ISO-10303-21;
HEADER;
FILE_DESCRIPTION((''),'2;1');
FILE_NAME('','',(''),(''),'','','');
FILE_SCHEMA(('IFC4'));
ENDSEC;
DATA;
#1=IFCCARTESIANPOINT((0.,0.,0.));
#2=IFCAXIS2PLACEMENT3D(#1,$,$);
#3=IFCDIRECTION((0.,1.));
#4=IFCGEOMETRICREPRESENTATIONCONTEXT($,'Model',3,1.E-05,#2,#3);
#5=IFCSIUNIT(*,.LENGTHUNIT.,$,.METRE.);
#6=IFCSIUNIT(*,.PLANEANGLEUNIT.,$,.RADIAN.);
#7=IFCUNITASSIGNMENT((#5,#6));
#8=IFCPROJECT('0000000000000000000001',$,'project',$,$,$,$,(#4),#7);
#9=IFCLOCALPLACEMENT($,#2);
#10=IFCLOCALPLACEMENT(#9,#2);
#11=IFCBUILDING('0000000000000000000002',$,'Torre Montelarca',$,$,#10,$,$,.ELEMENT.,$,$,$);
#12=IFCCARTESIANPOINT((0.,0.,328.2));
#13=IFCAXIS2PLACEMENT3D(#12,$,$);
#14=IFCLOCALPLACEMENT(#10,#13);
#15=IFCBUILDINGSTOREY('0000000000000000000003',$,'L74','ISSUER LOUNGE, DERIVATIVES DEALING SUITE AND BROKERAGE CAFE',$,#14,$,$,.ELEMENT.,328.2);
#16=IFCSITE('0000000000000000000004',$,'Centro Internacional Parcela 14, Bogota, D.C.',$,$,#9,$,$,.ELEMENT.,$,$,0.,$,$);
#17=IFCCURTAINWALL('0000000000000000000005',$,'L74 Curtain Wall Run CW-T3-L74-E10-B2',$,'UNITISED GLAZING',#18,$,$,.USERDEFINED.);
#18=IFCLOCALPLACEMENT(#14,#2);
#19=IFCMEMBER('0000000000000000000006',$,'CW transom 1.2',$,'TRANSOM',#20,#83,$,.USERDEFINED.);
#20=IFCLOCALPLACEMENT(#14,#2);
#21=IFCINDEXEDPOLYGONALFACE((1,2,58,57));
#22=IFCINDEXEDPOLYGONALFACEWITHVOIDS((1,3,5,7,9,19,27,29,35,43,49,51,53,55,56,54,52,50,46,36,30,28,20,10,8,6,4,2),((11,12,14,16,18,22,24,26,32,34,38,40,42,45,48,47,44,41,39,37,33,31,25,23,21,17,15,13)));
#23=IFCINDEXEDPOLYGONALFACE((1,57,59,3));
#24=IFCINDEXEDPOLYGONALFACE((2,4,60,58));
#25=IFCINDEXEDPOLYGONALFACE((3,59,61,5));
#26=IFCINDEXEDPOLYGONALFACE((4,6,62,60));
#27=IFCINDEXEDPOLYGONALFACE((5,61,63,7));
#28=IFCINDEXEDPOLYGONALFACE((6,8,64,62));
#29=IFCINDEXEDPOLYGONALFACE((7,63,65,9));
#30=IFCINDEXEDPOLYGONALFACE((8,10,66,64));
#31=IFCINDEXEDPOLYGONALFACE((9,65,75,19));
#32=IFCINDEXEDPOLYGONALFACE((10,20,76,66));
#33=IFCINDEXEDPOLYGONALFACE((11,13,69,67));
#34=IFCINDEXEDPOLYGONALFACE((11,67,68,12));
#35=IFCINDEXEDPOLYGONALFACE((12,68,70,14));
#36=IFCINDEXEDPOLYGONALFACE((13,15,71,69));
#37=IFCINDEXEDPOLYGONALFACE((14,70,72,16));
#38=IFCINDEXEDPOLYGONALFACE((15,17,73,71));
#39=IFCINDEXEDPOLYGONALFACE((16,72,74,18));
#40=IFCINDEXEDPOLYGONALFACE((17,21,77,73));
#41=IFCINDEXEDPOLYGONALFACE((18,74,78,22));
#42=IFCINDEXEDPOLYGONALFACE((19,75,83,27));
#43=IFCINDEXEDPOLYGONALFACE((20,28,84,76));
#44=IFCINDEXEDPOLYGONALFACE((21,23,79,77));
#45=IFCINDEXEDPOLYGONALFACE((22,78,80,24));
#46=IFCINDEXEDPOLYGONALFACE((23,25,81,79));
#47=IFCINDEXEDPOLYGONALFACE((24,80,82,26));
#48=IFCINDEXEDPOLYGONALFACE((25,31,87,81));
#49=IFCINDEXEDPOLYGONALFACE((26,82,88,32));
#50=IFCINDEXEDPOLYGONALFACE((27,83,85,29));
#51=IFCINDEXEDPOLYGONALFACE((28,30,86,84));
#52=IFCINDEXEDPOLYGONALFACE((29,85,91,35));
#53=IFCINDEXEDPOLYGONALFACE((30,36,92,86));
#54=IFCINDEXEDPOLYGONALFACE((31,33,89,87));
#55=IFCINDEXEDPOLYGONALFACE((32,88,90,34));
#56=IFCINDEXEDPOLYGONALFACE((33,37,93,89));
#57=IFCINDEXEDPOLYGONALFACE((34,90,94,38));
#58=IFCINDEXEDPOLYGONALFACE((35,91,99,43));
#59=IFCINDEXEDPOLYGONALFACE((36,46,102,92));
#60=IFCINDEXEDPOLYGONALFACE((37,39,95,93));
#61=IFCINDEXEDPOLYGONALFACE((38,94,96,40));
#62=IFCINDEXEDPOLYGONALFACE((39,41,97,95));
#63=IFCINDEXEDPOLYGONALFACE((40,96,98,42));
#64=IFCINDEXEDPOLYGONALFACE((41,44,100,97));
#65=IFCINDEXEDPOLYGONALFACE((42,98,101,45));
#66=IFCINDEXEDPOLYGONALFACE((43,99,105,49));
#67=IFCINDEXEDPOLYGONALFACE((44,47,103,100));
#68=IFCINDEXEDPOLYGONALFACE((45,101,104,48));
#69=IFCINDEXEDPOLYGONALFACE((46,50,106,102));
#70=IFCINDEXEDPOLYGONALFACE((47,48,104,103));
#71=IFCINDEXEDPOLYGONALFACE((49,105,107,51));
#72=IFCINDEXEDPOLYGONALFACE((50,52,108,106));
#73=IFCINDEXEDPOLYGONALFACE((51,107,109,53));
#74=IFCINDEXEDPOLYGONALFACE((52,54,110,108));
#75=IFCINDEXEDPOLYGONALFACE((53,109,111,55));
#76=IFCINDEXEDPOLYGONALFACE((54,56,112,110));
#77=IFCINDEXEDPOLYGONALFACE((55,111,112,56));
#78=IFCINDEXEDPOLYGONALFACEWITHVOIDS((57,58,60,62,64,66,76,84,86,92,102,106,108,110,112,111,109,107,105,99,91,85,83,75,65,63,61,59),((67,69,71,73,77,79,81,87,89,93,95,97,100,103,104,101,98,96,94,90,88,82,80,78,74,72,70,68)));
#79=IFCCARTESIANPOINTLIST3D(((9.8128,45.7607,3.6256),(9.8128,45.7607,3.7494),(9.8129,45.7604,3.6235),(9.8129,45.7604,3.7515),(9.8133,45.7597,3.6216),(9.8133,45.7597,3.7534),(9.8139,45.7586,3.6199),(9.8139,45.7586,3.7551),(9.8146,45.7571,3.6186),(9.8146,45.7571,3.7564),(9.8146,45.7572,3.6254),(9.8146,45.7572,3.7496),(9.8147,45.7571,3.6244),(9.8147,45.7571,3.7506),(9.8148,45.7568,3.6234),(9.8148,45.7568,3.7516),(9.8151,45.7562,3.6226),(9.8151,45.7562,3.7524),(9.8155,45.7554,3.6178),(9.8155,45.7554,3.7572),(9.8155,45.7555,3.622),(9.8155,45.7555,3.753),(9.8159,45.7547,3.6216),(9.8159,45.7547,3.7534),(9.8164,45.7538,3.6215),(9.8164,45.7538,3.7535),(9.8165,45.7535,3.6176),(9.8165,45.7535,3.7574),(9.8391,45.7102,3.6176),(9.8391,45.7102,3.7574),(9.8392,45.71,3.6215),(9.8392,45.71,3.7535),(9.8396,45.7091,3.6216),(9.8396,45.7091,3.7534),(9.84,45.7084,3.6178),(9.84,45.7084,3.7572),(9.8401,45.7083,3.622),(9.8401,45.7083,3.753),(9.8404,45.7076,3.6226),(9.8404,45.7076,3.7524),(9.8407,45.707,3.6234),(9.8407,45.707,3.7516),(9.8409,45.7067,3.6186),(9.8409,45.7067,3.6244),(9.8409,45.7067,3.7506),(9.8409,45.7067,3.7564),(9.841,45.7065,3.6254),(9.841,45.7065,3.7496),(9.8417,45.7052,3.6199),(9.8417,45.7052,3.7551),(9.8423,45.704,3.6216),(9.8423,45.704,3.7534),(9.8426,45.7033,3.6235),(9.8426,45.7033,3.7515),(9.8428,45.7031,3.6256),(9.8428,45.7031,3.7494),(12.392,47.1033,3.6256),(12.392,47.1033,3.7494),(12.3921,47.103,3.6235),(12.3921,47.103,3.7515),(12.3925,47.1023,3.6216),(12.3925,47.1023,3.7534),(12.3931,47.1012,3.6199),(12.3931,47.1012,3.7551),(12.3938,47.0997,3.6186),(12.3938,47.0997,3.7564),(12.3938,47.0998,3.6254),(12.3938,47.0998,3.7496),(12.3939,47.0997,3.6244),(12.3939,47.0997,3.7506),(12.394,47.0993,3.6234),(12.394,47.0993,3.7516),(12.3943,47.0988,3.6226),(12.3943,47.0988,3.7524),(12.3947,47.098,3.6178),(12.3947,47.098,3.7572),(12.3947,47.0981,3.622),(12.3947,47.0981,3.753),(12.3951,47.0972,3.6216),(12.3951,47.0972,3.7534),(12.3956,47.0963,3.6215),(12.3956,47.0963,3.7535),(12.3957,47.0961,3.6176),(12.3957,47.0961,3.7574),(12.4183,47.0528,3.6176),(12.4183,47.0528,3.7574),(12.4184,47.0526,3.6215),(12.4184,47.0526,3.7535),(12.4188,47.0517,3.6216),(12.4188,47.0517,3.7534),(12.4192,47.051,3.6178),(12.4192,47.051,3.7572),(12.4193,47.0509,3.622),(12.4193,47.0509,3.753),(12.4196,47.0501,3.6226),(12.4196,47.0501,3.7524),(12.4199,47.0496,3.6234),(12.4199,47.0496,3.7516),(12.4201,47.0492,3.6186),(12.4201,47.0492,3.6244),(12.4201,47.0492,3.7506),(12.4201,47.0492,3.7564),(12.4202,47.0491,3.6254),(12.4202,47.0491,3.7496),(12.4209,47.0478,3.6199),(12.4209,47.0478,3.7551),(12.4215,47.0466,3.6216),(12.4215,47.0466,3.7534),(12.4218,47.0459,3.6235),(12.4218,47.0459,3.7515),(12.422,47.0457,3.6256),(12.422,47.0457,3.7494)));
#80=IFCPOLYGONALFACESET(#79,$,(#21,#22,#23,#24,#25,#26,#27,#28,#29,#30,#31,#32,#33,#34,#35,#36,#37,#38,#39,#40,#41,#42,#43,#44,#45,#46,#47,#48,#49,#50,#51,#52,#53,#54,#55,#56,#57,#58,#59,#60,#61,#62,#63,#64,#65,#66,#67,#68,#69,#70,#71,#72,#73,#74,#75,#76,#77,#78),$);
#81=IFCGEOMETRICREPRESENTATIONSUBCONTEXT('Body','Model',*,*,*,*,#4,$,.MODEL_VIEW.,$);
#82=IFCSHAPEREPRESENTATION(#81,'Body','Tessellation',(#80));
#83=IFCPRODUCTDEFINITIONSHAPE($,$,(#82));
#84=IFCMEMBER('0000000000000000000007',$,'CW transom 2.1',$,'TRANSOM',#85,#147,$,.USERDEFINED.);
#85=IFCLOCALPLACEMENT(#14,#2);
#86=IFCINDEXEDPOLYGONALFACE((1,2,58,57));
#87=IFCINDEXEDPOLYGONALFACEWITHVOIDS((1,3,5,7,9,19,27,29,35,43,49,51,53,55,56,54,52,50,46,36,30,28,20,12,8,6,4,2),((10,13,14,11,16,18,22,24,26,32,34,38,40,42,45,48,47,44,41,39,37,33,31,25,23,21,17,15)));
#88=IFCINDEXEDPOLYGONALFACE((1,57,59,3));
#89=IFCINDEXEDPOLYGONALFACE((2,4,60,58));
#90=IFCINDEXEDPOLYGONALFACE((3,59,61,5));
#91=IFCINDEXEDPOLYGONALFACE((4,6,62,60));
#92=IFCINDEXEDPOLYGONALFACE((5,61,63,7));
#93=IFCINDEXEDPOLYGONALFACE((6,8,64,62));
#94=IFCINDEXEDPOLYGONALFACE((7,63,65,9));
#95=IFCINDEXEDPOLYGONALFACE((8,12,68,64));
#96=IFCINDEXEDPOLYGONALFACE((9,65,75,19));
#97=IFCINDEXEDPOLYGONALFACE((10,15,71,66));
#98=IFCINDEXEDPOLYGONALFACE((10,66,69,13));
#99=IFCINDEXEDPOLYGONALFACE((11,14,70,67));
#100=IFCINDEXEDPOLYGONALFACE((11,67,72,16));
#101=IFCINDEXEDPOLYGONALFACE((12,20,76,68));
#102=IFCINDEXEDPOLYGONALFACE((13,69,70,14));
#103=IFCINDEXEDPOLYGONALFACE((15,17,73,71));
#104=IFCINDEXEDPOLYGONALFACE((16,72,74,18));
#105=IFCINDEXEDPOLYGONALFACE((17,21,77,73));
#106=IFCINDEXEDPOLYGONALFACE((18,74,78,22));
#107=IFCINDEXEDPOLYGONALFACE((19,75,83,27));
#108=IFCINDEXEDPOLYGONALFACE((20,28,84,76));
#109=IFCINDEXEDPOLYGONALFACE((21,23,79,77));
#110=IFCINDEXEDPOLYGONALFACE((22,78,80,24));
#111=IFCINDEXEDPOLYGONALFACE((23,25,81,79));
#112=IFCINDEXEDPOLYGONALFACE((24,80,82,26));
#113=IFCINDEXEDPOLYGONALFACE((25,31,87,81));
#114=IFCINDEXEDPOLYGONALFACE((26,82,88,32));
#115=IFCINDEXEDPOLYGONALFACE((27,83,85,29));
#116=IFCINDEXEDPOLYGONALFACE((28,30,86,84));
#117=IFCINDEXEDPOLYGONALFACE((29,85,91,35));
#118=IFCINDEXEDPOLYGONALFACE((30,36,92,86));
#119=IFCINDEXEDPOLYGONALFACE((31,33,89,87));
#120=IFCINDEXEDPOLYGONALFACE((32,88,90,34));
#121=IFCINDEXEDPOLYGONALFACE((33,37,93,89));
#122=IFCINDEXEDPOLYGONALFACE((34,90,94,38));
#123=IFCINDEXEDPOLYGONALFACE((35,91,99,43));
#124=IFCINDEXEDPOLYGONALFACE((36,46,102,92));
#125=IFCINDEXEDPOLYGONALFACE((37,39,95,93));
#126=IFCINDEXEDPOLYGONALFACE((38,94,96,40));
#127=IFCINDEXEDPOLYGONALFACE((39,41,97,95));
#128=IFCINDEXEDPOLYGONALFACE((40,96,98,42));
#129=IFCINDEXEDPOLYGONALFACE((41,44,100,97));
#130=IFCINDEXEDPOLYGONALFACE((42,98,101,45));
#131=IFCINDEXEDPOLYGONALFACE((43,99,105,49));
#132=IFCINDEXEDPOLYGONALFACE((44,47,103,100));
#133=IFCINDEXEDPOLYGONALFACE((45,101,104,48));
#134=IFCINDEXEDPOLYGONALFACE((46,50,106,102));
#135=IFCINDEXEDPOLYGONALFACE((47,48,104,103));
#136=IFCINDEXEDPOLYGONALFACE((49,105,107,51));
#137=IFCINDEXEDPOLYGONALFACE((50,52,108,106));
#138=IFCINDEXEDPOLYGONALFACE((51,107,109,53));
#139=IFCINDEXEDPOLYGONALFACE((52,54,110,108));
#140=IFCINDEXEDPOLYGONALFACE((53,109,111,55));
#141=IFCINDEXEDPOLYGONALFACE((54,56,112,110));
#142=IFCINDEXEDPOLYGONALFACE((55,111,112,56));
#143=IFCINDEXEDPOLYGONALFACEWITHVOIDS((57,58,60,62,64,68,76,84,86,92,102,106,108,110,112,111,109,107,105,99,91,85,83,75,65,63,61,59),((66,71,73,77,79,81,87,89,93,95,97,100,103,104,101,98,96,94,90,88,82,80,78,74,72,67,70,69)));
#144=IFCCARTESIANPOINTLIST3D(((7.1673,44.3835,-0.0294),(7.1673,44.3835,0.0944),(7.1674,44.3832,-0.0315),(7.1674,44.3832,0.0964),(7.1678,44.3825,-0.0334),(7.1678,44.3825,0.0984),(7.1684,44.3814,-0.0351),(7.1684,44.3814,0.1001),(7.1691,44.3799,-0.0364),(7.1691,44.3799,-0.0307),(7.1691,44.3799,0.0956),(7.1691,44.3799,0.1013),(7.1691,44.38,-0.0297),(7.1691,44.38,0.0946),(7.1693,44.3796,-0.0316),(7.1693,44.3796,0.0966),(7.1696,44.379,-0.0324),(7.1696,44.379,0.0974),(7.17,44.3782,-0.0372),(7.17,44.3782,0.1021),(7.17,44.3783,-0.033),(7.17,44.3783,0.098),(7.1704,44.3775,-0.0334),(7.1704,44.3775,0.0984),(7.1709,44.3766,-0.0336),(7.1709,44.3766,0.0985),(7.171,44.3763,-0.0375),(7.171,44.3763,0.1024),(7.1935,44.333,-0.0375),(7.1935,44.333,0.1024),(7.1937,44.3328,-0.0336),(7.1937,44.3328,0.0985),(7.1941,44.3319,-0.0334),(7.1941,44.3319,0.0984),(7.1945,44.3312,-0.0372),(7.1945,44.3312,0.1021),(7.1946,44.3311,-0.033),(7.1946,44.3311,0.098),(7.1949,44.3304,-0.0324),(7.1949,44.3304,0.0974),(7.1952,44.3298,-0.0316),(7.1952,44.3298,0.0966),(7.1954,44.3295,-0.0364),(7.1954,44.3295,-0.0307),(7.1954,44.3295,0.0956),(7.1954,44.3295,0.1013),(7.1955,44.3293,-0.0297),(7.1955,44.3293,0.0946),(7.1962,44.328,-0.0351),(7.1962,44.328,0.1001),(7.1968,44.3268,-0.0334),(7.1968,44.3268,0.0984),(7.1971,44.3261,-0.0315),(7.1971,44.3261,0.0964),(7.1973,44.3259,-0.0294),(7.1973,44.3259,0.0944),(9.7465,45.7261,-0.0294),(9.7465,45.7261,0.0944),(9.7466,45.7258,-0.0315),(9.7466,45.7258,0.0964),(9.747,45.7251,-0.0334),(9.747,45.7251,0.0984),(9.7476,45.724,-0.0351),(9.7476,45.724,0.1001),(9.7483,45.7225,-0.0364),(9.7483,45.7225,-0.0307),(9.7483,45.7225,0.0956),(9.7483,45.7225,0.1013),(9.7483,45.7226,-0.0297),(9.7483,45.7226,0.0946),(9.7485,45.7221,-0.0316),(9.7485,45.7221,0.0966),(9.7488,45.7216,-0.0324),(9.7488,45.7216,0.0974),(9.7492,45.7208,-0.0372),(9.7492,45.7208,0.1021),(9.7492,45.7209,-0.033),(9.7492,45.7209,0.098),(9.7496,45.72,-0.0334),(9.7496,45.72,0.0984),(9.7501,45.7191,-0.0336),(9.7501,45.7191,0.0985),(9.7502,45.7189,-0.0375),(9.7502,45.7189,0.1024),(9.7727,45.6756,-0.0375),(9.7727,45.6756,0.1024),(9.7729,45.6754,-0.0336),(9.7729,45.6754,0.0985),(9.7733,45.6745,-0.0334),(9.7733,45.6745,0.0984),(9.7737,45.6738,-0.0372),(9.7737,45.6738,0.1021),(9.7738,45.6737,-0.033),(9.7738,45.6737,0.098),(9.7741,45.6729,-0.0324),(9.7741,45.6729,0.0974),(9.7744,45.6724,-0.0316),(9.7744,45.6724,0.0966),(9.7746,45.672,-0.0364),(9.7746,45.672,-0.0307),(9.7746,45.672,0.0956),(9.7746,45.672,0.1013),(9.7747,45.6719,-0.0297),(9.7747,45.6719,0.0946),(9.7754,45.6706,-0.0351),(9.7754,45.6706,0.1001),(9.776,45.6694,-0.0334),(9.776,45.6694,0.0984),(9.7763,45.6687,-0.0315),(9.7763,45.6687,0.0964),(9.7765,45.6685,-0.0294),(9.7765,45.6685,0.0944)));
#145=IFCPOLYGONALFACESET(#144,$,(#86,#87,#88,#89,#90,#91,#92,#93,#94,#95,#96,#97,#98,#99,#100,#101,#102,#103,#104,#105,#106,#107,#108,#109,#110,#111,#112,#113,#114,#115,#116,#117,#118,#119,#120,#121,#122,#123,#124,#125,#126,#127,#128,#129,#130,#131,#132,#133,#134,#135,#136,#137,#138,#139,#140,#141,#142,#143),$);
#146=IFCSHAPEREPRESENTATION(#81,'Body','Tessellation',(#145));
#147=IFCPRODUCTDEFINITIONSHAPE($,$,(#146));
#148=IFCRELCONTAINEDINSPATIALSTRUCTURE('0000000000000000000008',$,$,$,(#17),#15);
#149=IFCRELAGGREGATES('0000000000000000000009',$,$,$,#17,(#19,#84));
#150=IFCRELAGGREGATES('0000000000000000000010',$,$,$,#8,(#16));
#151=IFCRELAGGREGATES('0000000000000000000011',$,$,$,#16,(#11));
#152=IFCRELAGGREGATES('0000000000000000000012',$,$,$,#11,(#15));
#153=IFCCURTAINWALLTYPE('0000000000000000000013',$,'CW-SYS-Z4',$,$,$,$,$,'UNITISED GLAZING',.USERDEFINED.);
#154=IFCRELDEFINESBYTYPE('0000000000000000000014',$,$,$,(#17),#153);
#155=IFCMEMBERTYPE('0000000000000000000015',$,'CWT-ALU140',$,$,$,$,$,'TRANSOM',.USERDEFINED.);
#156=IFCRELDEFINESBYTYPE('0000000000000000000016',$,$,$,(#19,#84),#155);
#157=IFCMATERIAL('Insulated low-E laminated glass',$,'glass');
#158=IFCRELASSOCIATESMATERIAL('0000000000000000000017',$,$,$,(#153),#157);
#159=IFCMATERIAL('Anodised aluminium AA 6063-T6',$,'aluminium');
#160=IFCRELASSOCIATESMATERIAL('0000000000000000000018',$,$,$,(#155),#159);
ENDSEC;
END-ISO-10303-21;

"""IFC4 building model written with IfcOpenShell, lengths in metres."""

from ifc_helpers import new_model, si_unit, direction, frame, origin, origin_2d, place, context, subcontext, project, spatial, hollow_rectangle, extrude, source, transform, mapped, material, material_profile, profile_set, type_object, element, aggregate, save


model = new_model("IFC4")

# Units and contexts
model_context = context("Model", 3, precision=1e-05, world=origin(), true_north=direction((0.0, 1.0)))
body_context = subcontext(model_context, "Body", "Model", "MODEL_VIEW")
ifc_project = project(units=[si_unit("LENGTHUNIT", "METRE"), si_unit("PLANEANGLEUNIT", "RADIAN")], contexts=[model_context])

# Site, building, storey
site_placement = place(None, origin())
site = spatial("IfcSite", under=ifc_project, at=site_placement, Name="Centro Internacional Parcela 14, Bogota, D.C.", CompositionType="ELEMENT", RefElevation=0.0)
building_placement = place(site_placement, origin())
building = spatial("IfcBuilding", under=site, at=building_placement, Name="Torre Montelarca", CompositionType="ELEMENT")
storey_placement = place(building_placement, frame((0.0, 0.0, 328.2)))
storey = spatial("IfcBuildingStorey", under=building, at=storey_placement, Name="L74", Description="ISSUER LOUNGE, DERIVATIVES DEALING SUITE AND BROKERAGE CAFE", CompositionType="ELEMENT", Elevation=328.2)

# Curtain wall
ifc_material_1 = material(Name="Insulated low-E laminated glass", Category="glass")
curtain_wall_type = type_object("IfcCurtainWallType", Name="CW-SYS-Z4", ElementType="UNITISED GLAZING", PredefinedType="USERDEFINED", material=ifc_material_1)
curtain_wall_1_placement = place(storey_placement, origin())
curtain_wall_1 = element("IfcCurtainWall", 1, at=curtain_wall_1_placement, inside=storey, type_object=curtain_wall_type, Name="L74 Curtain Wall Run CW-T3-L74-E10-B2", ObjectType="UNITISED GLAZING", PredefinedType="USERDEFINED")
ifc_material_2 = material(Name="Anodised aluminium AA 6063-T6", Category="aluminium")
ifc_material_profile_1 = material_profile(ifc_material_2, hollow_rectangle(XDim=0.0649, YDim=0.1399, WallThickness=0.0039, InnerFilletRadius=0.0039, OuterFilletRadius=0.0081, at=origin_2d()), Name="ALU65X140X4", Category="aluminium")
ifc_profile_set_1 = profile_set([ifc_material_profile_1], Name="Anodised aluminium AA 6063-T6")
member_type_1 = type_object("IfcMemberType", Name="CWT-ALU140", ElementType="TRANSOM", PredefinedType="USERDEFINED", material=ifc_profile_set_1)

# Members
shared_shape_1 = source(origin(), body_context, "Body", "SweptSolid", [
    extrude(hollow_rectangle(XDim=0.0649, YDim=0.1399, WallThickness=0.0039, InnerFilletRadius=0.0039, OuterFilletRadius=0.0081, at=origin_2d()), origin(), (0.0, 0.0, 1.0), 2.9077),
])
member_1_placement = place(storey_placement, frame((12.407, 47.0745, 3.6875), z_axis=(-0.88702, -0.461731, 0.0), x_axis=(0.461731, -0.88702, 0.0)))
member_1 = element("IfcMember", 2, at=member_1_placement, type_object=member_type_1, Name="CW transom 1.2", ObjectType="TRANSOM", PredefinedType="USERDEFINED", context=body_context, shape_type="MappedRepresentation", body=[
    mapped(shared_shape_1, transform((0.0, 0.0, 0.0), scale=1.0)),
])
member_2_placement = place(storey_placement, frame((9.7615, 45.6973, 0.0325), z_axis=(-0.88702, -0.461731, 0.0), x_axis=(0.461731, -0.88702, 0.0)))
member_2 = element("IfcMember", 3, at=member_2_placement, type_object=member_type_1, Name="CW transom 2.1", ObjectType="TRANSOM", PredefinedType="USERDEFINED", context=body_context, shape_type="MappedRepresentation", body=[
    mapped(shared_shape_1, transform((0.0, 0.0, 0.0), scale=1.0)),
])

aggregate(curtain_wall_1, [member_1, member_2])

save(model, "model.ifc")
